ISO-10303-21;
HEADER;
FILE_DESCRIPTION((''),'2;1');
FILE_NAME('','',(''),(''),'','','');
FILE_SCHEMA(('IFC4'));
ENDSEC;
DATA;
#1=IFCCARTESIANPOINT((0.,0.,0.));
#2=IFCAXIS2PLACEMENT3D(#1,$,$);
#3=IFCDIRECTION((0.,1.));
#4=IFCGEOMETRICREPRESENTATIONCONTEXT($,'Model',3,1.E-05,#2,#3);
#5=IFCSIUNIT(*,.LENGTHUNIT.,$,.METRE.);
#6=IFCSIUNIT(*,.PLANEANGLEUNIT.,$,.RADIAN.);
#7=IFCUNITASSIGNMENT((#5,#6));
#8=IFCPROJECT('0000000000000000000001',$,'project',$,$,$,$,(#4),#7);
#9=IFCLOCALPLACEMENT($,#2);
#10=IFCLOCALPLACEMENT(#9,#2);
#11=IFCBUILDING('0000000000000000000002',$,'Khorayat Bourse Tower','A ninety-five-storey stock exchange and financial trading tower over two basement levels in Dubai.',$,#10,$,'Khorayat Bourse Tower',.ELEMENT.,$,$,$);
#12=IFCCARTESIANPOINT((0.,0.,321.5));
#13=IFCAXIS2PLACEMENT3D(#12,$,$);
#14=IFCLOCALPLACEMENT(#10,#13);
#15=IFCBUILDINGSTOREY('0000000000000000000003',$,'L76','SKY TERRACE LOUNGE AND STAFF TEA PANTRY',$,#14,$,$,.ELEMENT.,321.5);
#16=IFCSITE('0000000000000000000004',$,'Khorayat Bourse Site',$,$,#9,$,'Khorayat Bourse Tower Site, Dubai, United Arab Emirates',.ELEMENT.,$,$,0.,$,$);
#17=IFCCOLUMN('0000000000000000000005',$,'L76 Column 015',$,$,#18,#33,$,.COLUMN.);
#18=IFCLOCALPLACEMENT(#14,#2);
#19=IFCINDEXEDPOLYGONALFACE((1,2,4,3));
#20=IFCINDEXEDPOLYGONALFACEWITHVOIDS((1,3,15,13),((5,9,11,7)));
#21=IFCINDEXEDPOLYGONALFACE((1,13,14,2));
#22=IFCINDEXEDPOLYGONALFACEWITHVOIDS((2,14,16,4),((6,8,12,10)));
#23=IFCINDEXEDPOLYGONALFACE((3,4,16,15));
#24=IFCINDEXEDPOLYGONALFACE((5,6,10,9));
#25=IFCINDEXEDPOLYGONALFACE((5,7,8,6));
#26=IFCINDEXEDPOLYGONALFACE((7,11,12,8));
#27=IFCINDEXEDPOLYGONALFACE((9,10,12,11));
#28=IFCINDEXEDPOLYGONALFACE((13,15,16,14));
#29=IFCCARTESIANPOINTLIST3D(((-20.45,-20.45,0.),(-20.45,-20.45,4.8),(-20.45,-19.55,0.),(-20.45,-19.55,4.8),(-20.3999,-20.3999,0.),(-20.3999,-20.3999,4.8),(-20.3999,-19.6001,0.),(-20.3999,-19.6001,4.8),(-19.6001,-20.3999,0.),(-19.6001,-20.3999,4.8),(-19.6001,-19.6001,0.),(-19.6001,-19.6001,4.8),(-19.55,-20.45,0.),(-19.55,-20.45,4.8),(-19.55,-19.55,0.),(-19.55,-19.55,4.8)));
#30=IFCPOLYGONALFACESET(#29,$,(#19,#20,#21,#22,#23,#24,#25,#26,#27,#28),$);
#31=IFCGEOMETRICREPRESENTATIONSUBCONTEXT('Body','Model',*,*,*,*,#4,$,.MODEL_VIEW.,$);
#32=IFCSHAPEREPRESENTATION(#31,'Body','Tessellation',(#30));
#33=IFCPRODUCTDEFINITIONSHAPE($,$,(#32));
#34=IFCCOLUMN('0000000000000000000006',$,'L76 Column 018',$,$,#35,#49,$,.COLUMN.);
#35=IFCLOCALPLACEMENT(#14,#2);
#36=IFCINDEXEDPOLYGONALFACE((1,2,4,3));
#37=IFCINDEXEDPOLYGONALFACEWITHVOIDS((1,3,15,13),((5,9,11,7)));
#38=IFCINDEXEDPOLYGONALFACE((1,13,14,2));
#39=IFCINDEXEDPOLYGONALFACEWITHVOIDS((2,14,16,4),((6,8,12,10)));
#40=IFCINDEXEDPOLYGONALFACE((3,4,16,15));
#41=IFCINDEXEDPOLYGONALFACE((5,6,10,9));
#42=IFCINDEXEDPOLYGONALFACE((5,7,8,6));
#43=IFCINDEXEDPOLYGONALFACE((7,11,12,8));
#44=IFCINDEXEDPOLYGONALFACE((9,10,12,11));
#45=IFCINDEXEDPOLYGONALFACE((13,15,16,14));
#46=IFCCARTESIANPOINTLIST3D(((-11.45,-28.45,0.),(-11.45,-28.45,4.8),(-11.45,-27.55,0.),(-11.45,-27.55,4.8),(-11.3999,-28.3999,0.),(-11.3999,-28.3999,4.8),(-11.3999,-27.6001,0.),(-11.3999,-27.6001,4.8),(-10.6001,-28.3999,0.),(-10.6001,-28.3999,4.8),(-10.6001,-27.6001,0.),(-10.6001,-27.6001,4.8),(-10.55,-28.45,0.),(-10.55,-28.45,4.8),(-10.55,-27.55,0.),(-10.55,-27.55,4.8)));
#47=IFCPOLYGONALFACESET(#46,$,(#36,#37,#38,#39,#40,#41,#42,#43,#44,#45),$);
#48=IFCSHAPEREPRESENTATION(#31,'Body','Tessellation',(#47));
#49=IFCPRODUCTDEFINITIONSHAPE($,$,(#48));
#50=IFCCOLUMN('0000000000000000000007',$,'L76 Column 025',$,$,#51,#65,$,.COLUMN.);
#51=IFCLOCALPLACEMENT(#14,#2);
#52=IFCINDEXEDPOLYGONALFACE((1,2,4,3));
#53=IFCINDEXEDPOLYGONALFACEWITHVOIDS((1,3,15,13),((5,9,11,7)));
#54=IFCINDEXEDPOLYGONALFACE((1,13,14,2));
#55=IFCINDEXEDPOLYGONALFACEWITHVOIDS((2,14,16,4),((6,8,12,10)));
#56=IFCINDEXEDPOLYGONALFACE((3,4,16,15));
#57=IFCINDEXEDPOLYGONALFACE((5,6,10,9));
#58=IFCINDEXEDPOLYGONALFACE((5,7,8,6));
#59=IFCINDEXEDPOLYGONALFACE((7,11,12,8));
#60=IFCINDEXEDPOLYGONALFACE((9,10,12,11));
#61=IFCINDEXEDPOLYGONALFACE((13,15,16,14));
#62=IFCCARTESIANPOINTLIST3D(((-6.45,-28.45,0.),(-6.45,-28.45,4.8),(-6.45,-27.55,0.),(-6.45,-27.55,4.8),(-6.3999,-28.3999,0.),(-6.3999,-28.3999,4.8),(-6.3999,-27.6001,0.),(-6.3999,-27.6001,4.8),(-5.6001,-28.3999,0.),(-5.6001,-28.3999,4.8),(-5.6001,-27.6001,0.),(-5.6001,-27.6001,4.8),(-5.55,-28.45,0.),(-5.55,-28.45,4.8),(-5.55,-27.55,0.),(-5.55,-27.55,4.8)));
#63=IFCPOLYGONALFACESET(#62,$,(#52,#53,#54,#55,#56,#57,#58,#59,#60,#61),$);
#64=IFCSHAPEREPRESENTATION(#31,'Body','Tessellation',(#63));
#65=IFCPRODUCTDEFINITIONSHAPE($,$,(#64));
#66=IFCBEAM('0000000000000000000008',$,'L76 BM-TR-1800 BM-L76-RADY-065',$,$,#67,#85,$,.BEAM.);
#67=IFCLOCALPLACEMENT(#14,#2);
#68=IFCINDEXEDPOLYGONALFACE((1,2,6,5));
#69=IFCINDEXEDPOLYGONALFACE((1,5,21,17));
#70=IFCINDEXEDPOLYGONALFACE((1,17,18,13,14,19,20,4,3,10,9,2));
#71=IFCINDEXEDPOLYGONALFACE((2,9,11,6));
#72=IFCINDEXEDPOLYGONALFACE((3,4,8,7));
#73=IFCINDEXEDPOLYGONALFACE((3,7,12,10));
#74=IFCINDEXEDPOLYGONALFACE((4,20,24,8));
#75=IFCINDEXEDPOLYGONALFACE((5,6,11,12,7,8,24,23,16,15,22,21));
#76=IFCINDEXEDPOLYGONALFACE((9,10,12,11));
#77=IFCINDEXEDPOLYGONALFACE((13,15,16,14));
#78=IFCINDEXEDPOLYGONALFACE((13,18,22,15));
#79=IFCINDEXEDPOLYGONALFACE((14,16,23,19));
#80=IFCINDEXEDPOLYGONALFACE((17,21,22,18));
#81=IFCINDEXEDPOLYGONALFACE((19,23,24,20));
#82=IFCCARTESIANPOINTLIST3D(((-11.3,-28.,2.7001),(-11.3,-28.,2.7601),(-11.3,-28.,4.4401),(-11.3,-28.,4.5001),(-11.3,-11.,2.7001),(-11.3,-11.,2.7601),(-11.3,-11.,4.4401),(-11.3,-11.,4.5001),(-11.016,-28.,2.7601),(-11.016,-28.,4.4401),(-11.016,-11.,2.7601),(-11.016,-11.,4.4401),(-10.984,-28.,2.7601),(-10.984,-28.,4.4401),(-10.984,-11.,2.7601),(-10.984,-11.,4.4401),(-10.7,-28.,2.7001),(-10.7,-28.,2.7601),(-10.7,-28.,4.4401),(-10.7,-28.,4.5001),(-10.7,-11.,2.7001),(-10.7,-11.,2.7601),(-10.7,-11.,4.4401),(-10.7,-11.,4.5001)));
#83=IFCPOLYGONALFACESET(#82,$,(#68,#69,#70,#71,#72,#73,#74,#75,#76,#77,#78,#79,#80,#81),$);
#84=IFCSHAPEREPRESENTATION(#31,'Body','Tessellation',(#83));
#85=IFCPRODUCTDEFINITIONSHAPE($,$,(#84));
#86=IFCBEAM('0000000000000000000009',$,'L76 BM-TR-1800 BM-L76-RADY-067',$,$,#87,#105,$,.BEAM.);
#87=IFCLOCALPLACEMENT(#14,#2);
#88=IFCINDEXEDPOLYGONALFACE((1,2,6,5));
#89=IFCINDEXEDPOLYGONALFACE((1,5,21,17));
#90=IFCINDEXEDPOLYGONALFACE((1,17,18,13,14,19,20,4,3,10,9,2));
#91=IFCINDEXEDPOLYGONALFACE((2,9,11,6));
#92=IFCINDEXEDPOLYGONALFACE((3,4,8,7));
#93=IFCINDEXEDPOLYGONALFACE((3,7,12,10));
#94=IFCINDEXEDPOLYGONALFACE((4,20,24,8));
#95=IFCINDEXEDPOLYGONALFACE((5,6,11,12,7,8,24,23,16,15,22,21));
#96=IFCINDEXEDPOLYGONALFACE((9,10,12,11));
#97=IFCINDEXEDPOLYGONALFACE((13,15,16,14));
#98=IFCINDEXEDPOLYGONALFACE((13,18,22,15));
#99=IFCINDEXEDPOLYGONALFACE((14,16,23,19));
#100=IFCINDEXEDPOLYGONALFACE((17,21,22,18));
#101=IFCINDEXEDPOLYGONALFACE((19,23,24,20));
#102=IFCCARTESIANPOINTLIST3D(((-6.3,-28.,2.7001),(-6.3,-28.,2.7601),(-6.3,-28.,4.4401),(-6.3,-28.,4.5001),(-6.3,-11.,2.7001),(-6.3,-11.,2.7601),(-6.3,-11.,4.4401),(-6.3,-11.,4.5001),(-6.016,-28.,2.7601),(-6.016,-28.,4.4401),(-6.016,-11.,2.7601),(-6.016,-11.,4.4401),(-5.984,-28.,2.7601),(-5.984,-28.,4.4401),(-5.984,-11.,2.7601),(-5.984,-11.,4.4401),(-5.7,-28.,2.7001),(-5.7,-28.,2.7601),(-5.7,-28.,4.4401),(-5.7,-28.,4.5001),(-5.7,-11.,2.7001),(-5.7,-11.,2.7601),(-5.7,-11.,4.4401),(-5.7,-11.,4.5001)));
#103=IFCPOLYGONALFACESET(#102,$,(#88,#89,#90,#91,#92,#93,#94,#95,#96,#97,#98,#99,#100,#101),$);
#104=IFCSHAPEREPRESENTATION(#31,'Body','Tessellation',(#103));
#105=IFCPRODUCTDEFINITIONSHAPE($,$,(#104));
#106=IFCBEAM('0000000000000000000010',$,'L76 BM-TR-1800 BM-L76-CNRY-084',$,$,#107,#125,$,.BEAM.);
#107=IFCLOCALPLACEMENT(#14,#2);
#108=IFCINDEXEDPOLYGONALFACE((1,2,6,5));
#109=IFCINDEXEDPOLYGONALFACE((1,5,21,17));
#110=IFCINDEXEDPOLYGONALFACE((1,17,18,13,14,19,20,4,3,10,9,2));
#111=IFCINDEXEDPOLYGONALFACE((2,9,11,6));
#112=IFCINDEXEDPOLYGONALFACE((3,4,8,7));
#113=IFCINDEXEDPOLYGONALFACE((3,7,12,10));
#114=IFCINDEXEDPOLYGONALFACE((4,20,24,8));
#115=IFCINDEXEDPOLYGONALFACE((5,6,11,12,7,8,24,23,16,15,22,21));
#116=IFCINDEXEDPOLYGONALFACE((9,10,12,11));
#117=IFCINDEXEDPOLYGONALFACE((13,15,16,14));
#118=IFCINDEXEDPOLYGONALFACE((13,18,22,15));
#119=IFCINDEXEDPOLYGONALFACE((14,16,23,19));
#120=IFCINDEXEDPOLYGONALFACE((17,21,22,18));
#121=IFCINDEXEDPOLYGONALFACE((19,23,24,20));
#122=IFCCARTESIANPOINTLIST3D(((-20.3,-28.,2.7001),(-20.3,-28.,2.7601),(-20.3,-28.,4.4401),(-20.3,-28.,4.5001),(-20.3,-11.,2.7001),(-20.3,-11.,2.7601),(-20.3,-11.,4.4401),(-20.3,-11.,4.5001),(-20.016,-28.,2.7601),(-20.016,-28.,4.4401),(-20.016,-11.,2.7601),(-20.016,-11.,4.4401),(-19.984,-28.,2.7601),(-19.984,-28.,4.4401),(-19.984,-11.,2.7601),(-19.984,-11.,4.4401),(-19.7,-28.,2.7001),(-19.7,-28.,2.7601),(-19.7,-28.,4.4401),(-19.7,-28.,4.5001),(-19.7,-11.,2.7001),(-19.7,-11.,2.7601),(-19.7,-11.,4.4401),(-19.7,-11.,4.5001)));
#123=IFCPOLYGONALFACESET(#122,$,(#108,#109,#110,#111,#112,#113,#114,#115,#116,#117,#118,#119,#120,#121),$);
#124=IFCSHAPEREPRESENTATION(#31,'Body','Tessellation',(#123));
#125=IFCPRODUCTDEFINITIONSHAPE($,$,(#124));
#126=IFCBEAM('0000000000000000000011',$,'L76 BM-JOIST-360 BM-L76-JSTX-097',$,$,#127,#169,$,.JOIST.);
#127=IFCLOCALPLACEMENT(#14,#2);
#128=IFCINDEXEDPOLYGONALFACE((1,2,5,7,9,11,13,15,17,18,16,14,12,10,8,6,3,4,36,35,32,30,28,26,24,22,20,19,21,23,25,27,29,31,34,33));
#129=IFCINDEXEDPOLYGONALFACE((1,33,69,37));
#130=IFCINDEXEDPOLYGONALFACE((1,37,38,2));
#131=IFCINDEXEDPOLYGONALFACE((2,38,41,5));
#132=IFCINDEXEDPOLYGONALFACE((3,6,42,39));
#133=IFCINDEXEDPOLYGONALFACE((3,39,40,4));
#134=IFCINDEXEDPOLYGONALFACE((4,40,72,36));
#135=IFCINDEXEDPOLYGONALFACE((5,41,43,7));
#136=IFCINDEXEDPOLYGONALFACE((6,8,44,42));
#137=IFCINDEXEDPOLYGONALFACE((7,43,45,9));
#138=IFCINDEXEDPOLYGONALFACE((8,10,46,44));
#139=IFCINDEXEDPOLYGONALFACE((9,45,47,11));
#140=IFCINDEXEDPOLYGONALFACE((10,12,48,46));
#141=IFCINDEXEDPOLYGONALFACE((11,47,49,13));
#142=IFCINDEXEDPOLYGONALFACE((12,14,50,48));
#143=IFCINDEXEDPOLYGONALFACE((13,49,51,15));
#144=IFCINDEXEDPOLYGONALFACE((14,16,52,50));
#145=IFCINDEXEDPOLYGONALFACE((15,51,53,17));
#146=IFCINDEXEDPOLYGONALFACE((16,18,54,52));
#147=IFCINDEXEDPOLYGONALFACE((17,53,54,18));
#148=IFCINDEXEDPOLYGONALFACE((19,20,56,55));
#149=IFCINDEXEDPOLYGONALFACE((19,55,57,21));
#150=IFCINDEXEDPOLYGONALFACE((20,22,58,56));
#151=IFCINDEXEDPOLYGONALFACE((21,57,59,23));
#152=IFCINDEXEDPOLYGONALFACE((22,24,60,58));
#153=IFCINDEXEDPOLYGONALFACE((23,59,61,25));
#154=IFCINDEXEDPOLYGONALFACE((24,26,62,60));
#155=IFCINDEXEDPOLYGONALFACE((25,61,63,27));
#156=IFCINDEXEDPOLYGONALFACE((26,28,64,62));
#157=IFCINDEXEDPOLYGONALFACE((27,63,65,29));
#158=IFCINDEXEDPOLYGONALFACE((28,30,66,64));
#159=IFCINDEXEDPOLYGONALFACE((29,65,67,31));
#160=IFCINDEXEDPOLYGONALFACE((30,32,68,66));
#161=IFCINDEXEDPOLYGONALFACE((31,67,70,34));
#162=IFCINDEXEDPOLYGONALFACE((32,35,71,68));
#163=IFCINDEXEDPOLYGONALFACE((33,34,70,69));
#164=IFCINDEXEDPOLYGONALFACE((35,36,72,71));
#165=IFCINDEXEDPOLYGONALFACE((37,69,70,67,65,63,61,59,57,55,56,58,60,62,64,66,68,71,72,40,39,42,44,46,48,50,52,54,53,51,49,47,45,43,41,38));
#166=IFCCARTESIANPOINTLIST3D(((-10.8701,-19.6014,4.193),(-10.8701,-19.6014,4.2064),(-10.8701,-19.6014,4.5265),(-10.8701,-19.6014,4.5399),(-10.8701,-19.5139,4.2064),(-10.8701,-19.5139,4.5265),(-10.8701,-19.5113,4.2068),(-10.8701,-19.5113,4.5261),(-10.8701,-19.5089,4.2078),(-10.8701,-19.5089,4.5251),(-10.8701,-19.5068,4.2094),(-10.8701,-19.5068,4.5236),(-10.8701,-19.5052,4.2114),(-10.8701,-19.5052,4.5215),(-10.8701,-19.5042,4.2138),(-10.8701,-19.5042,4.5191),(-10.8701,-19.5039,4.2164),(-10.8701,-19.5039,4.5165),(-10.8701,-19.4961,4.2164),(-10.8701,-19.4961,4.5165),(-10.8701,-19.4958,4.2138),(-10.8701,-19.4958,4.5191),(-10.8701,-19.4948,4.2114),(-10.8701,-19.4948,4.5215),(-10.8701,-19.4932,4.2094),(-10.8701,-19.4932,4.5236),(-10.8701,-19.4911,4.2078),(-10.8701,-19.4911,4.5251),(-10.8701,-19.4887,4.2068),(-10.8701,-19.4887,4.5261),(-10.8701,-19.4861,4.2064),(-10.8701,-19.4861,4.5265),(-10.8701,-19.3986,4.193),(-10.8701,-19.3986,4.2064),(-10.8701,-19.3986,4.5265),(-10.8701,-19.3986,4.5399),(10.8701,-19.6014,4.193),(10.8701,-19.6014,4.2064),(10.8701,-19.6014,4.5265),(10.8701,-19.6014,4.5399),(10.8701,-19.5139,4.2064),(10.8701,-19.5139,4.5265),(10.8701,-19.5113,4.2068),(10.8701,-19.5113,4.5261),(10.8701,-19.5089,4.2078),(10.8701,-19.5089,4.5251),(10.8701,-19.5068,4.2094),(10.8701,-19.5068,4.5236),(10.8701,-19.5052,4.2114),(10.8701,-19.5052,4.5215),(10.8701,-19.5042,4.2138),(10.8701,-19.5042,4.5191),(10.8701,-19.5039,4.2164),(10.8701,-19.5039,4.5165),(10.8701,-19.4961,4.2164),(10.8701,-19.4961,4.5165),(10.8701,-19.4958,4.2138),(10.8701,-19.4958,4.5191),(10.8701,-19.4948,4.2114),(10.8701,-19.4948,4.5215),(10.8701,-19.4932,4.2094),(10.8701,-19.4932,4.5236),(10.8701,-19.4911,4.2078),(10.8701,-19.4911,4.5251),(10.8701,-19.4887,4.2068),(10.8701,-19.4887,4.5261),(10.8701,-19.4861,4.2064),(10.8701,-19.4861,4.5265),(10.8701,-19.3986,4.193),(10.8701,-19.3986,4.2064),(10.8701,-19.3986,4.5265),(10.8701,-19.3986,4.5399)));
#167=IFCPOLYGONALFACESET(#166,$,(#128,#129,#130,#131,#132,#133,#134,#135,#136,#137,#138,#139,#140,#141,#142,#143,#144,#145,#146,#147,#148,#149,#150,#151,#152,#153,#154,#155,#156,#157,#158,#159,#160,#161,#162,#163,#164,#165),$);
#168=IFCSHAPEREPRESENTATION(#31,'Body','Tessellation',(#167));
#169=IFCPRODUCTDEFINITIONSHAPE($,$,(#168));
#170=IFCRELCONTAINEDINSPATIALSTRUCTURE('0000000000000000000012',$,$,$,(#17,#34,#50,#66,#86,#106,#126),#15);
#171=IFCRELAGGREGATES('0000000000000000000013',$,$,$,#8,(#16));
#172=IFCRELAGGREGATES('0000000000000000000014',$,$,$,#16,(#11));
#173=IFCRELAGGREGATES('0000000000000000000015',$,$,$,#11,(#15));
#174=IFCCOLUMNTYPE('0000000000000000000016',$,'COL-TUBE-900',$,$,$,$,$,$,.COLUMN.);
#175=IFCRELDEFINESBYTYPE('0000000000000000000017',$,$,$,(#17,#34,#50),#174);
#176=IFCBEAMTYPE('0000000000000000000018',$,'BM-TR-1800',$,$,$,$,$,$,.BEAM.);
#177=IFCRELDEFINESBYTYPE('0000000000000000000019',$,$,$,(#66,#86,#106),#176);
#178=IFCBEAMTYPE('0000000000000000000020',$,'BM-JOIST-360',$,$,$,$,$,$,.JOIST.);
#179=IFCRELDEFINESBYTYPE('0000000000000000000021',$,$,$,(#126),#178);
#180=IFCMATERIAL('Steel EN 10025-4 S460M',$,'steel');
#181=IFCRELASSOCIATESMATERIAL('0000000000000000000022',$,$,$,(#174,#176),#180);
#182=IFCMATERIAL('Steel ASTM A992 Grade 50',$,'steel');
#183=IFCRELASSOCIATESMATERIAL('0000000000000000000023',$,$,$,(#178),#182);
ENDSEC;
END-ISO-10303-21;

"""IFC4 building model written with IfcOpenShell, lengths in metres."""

from ifc_helpers import new_model, si_unit, direction, frame, origin, origin_2d, place, context, subcontext, project, spatial, hollow_rectangle, i_section, extrude, source, transform, mapped, material, material_profile, profile_set, type_object, element, save


model = new_model("IFC4")

# Units and contexts
model_context = context("Model", 3, precision=1e-05, world=origin(), true_north=direction((0.0, 1.0)))
body_context = subcontext(model_context, "Body", "Model", "MODEL_VIEW")
ifc_project = project(units=[si_unit("LENGTHUNIT", "METRE"), si_unit("PLANEANGLEUNIT", "RADIAN")], contexts=[model_context])

# Site, building, storey
site_placement = place(None, origin())
site = spatial("IfcSite", under=ifc_project, at=site_placement, Name="Khorayat Bourse Site", LongName="Khorayat Bourse Tower Site, Dubai, United Arab Emirates", CompositionType="ELEMENT", RefElevation=0.0)
building_placement = place(site_placement, origin())
building = spatial("IfcBuilding", under=site, at=building_placement, Name="Khorayat Bourse Tower", Description="A ninety-five-storey stock exchange and financial trading tower over two basement levels in Dubai.", LongName="Khorayat Bourse Tower", CompositionType="ELEMENT")
storey_placement = place(building_placement, frame((0.0, 0.0, 321.5)))
storey = spatial("IfcBuildingStorey", under=building, at=storey_placement, Name="L76", Description="SKY TERRACE LOUNGE AND STAFF TEA PANTRY", CompositionType="ELEMENT", Elevation=321.5)

# Columns
ifc_material_1 = material(Name="Steel EN 10025-4 S460M", Category="steel")
ifc_material_profile_1 = material_profile(ifc_material_1, hollow_rectangle(XDim=0.8999, YDim=0.8999, WallThickness=0.05, at=origin_2d()), Name="BOX 900x900x50")
ifc_profile_set_1 = profile_set([ifc_material_profile_1], Name="Steel EN 10025-4 S460M")
column_type = type_object("IfcColumnType", Name="COL-TUBE-900", PredefinedType="COLUMN", material=ifc_profile_set_1)
shared_shape_1 = source(origin(), body_context, "Body", "SweptSolid", [
    extrude(hollow_rectangle(XDim=0.8999, YDim=0.8999, WallThickness=0.05, at=origin_2d()), origin(), (0.0, 0.0, 1.0), 4.8),
])
for number, where, z_axis, x_axis, name in (
    (1, (-20.0, -20.0, 0.0), (0.0, 0.0, 1.0), (1.0, 0.0, 0.0), "L76 Column 015"),
    (2, (-11.0, -28.0, 0.0), (0.0, 0.0, 1.0), (1.0, 0.0, 0.0), "L76 Column 018"),
    (3, (-6.0, -28.0, 0.0), (0.0, 0.0, 1.0), (1.0, 0.0, 0.0), "L76 Column 025"),
):
    element("IfcColumn", number, at=place(storey_placement, frame(where, z_axis=z_axis, x_axis=x_axis)), inside=storey, type_object=column_type, Name=name, PredefinedType="COLUMN", context=body_context, shape_type="MappedRepresentation", body=[
        mapped(shared_shape_1, transform((0.0, 0.0, 0.0), scale=1.0)),
    ])

# Beams
ifc_material_profile_2 = material_profile(ifc_material_1, i_section(OverallWidth=0.6001, OverallDepth=1.8, WebThickness=0.032, FlangeThickness=0.0601, at=origin_2d()), Name="PG 1800x600x32x60")
ifc_profile_set_2 = profile_set([ifc_material_profile_2], Name="Steel EN 10025-4 S460M")
beam_type_1 = type_object("IfcBeamType", Name="BM-TR-1800", PredefinedType="BEAM", material=ifc_profile_set_2)
shared_shape_2 = source(origin(), body_context, "Body", "SweptSolid", [
    extrude(i_section(OverallWidth=0.6001, OverallDepth=1.8, WebThickness=0.032, FlangeThickness=0.0601, at=origin_2d()), origin(), (0.0, 0.0, 1.0), 17.0),
])
for number, where, z_axis, x_axis, name in (
    (4, (-11.0, -28.0, 3.6001), (0.0, 1.0, 0.0), (-1.0, 0.0, 0.0), "L76 BM-TR-1800 BM-L76-RADY-065"),
    (5, (-6.0, -28.0, 3.6001), (0.0, 1.0, 0.0), (-1.0, 0.0, 0.0), "L76 BM-TR-1800 BM-L76-RADY-067"),
    (6, (-20.0, -28.0, 3.6001), (0.0, 1.0, 0.0), (-1.0, 0.0, 0.0), "L76 BM-TR-1800 BM-L76-CNRY-084"),
):
    element("IfcBeam", number, at=place(storey_placement, frame(where, z_axis=z_axis, x_axis=x_axis)), inside=storey, type_object=beam_type_1, Name=name, PredefinedType="BEAM", context=body_context, shape_type="MappedRepresentation", body=[
        mapped(shared_shape_2, transform((0.0, 0.0, 0.0), scale=1.0)),
    ])
ifc_material_2 = material(Name="Steel ASTM A992 Grade 50", Category="steel")
ifc_material_profile_3 = material_profile(ifc_material_2, i_section(OverallWidth=0.2029, OverallDepth=0.3469, WebThickness=0.0078, FlangeThickness=0.0134, FilletRadius=0.01, at=origin_2d()), Name="W360X64")
ifc_profile_set_3 = profile_set([ifc_material_profile_3], Name="Steel ASTM A992 Grade 50")
beam_type_2 = type_object("IfcBeamType", Name="BM-JOIST-360", PredefinedType="JOIST", material=ifc_profile_set_3)
shared_shape_3 = source(origin(), body_context, "Body", "SweptSolid", [
    extrude(i_section(OverallWidth=0.2029, OverallDepth=0.3469, WebThickness=0.0078, FlangeThickness=0.0134, FilletRadius=0.01, at=origin_2d()), origin(), (0.0, 0.0, 1.0), 21.7402),
])
beam_1_placement = place(storey_placement, frame((-10.8701, -19.5, 4.3665), z_axis=(1.0, 0.0, 0.0), x_axis=(0.0, 1.0, 0.0)))
element("IfcBeam", 7, at=beam_1_placement, inside=storey, type_object=beam_type_2, Name="L76 BM-JOIST-360 BM-L76-JSTX-097", PredefinedType="JOIST", context=body_context, shape_type="MappedRepresentation", body=[
    mapped(shared_shape_3, transform((0.0, 0.0, 0.0), scale=1.0)),
])

save(model, "model.ifc")
